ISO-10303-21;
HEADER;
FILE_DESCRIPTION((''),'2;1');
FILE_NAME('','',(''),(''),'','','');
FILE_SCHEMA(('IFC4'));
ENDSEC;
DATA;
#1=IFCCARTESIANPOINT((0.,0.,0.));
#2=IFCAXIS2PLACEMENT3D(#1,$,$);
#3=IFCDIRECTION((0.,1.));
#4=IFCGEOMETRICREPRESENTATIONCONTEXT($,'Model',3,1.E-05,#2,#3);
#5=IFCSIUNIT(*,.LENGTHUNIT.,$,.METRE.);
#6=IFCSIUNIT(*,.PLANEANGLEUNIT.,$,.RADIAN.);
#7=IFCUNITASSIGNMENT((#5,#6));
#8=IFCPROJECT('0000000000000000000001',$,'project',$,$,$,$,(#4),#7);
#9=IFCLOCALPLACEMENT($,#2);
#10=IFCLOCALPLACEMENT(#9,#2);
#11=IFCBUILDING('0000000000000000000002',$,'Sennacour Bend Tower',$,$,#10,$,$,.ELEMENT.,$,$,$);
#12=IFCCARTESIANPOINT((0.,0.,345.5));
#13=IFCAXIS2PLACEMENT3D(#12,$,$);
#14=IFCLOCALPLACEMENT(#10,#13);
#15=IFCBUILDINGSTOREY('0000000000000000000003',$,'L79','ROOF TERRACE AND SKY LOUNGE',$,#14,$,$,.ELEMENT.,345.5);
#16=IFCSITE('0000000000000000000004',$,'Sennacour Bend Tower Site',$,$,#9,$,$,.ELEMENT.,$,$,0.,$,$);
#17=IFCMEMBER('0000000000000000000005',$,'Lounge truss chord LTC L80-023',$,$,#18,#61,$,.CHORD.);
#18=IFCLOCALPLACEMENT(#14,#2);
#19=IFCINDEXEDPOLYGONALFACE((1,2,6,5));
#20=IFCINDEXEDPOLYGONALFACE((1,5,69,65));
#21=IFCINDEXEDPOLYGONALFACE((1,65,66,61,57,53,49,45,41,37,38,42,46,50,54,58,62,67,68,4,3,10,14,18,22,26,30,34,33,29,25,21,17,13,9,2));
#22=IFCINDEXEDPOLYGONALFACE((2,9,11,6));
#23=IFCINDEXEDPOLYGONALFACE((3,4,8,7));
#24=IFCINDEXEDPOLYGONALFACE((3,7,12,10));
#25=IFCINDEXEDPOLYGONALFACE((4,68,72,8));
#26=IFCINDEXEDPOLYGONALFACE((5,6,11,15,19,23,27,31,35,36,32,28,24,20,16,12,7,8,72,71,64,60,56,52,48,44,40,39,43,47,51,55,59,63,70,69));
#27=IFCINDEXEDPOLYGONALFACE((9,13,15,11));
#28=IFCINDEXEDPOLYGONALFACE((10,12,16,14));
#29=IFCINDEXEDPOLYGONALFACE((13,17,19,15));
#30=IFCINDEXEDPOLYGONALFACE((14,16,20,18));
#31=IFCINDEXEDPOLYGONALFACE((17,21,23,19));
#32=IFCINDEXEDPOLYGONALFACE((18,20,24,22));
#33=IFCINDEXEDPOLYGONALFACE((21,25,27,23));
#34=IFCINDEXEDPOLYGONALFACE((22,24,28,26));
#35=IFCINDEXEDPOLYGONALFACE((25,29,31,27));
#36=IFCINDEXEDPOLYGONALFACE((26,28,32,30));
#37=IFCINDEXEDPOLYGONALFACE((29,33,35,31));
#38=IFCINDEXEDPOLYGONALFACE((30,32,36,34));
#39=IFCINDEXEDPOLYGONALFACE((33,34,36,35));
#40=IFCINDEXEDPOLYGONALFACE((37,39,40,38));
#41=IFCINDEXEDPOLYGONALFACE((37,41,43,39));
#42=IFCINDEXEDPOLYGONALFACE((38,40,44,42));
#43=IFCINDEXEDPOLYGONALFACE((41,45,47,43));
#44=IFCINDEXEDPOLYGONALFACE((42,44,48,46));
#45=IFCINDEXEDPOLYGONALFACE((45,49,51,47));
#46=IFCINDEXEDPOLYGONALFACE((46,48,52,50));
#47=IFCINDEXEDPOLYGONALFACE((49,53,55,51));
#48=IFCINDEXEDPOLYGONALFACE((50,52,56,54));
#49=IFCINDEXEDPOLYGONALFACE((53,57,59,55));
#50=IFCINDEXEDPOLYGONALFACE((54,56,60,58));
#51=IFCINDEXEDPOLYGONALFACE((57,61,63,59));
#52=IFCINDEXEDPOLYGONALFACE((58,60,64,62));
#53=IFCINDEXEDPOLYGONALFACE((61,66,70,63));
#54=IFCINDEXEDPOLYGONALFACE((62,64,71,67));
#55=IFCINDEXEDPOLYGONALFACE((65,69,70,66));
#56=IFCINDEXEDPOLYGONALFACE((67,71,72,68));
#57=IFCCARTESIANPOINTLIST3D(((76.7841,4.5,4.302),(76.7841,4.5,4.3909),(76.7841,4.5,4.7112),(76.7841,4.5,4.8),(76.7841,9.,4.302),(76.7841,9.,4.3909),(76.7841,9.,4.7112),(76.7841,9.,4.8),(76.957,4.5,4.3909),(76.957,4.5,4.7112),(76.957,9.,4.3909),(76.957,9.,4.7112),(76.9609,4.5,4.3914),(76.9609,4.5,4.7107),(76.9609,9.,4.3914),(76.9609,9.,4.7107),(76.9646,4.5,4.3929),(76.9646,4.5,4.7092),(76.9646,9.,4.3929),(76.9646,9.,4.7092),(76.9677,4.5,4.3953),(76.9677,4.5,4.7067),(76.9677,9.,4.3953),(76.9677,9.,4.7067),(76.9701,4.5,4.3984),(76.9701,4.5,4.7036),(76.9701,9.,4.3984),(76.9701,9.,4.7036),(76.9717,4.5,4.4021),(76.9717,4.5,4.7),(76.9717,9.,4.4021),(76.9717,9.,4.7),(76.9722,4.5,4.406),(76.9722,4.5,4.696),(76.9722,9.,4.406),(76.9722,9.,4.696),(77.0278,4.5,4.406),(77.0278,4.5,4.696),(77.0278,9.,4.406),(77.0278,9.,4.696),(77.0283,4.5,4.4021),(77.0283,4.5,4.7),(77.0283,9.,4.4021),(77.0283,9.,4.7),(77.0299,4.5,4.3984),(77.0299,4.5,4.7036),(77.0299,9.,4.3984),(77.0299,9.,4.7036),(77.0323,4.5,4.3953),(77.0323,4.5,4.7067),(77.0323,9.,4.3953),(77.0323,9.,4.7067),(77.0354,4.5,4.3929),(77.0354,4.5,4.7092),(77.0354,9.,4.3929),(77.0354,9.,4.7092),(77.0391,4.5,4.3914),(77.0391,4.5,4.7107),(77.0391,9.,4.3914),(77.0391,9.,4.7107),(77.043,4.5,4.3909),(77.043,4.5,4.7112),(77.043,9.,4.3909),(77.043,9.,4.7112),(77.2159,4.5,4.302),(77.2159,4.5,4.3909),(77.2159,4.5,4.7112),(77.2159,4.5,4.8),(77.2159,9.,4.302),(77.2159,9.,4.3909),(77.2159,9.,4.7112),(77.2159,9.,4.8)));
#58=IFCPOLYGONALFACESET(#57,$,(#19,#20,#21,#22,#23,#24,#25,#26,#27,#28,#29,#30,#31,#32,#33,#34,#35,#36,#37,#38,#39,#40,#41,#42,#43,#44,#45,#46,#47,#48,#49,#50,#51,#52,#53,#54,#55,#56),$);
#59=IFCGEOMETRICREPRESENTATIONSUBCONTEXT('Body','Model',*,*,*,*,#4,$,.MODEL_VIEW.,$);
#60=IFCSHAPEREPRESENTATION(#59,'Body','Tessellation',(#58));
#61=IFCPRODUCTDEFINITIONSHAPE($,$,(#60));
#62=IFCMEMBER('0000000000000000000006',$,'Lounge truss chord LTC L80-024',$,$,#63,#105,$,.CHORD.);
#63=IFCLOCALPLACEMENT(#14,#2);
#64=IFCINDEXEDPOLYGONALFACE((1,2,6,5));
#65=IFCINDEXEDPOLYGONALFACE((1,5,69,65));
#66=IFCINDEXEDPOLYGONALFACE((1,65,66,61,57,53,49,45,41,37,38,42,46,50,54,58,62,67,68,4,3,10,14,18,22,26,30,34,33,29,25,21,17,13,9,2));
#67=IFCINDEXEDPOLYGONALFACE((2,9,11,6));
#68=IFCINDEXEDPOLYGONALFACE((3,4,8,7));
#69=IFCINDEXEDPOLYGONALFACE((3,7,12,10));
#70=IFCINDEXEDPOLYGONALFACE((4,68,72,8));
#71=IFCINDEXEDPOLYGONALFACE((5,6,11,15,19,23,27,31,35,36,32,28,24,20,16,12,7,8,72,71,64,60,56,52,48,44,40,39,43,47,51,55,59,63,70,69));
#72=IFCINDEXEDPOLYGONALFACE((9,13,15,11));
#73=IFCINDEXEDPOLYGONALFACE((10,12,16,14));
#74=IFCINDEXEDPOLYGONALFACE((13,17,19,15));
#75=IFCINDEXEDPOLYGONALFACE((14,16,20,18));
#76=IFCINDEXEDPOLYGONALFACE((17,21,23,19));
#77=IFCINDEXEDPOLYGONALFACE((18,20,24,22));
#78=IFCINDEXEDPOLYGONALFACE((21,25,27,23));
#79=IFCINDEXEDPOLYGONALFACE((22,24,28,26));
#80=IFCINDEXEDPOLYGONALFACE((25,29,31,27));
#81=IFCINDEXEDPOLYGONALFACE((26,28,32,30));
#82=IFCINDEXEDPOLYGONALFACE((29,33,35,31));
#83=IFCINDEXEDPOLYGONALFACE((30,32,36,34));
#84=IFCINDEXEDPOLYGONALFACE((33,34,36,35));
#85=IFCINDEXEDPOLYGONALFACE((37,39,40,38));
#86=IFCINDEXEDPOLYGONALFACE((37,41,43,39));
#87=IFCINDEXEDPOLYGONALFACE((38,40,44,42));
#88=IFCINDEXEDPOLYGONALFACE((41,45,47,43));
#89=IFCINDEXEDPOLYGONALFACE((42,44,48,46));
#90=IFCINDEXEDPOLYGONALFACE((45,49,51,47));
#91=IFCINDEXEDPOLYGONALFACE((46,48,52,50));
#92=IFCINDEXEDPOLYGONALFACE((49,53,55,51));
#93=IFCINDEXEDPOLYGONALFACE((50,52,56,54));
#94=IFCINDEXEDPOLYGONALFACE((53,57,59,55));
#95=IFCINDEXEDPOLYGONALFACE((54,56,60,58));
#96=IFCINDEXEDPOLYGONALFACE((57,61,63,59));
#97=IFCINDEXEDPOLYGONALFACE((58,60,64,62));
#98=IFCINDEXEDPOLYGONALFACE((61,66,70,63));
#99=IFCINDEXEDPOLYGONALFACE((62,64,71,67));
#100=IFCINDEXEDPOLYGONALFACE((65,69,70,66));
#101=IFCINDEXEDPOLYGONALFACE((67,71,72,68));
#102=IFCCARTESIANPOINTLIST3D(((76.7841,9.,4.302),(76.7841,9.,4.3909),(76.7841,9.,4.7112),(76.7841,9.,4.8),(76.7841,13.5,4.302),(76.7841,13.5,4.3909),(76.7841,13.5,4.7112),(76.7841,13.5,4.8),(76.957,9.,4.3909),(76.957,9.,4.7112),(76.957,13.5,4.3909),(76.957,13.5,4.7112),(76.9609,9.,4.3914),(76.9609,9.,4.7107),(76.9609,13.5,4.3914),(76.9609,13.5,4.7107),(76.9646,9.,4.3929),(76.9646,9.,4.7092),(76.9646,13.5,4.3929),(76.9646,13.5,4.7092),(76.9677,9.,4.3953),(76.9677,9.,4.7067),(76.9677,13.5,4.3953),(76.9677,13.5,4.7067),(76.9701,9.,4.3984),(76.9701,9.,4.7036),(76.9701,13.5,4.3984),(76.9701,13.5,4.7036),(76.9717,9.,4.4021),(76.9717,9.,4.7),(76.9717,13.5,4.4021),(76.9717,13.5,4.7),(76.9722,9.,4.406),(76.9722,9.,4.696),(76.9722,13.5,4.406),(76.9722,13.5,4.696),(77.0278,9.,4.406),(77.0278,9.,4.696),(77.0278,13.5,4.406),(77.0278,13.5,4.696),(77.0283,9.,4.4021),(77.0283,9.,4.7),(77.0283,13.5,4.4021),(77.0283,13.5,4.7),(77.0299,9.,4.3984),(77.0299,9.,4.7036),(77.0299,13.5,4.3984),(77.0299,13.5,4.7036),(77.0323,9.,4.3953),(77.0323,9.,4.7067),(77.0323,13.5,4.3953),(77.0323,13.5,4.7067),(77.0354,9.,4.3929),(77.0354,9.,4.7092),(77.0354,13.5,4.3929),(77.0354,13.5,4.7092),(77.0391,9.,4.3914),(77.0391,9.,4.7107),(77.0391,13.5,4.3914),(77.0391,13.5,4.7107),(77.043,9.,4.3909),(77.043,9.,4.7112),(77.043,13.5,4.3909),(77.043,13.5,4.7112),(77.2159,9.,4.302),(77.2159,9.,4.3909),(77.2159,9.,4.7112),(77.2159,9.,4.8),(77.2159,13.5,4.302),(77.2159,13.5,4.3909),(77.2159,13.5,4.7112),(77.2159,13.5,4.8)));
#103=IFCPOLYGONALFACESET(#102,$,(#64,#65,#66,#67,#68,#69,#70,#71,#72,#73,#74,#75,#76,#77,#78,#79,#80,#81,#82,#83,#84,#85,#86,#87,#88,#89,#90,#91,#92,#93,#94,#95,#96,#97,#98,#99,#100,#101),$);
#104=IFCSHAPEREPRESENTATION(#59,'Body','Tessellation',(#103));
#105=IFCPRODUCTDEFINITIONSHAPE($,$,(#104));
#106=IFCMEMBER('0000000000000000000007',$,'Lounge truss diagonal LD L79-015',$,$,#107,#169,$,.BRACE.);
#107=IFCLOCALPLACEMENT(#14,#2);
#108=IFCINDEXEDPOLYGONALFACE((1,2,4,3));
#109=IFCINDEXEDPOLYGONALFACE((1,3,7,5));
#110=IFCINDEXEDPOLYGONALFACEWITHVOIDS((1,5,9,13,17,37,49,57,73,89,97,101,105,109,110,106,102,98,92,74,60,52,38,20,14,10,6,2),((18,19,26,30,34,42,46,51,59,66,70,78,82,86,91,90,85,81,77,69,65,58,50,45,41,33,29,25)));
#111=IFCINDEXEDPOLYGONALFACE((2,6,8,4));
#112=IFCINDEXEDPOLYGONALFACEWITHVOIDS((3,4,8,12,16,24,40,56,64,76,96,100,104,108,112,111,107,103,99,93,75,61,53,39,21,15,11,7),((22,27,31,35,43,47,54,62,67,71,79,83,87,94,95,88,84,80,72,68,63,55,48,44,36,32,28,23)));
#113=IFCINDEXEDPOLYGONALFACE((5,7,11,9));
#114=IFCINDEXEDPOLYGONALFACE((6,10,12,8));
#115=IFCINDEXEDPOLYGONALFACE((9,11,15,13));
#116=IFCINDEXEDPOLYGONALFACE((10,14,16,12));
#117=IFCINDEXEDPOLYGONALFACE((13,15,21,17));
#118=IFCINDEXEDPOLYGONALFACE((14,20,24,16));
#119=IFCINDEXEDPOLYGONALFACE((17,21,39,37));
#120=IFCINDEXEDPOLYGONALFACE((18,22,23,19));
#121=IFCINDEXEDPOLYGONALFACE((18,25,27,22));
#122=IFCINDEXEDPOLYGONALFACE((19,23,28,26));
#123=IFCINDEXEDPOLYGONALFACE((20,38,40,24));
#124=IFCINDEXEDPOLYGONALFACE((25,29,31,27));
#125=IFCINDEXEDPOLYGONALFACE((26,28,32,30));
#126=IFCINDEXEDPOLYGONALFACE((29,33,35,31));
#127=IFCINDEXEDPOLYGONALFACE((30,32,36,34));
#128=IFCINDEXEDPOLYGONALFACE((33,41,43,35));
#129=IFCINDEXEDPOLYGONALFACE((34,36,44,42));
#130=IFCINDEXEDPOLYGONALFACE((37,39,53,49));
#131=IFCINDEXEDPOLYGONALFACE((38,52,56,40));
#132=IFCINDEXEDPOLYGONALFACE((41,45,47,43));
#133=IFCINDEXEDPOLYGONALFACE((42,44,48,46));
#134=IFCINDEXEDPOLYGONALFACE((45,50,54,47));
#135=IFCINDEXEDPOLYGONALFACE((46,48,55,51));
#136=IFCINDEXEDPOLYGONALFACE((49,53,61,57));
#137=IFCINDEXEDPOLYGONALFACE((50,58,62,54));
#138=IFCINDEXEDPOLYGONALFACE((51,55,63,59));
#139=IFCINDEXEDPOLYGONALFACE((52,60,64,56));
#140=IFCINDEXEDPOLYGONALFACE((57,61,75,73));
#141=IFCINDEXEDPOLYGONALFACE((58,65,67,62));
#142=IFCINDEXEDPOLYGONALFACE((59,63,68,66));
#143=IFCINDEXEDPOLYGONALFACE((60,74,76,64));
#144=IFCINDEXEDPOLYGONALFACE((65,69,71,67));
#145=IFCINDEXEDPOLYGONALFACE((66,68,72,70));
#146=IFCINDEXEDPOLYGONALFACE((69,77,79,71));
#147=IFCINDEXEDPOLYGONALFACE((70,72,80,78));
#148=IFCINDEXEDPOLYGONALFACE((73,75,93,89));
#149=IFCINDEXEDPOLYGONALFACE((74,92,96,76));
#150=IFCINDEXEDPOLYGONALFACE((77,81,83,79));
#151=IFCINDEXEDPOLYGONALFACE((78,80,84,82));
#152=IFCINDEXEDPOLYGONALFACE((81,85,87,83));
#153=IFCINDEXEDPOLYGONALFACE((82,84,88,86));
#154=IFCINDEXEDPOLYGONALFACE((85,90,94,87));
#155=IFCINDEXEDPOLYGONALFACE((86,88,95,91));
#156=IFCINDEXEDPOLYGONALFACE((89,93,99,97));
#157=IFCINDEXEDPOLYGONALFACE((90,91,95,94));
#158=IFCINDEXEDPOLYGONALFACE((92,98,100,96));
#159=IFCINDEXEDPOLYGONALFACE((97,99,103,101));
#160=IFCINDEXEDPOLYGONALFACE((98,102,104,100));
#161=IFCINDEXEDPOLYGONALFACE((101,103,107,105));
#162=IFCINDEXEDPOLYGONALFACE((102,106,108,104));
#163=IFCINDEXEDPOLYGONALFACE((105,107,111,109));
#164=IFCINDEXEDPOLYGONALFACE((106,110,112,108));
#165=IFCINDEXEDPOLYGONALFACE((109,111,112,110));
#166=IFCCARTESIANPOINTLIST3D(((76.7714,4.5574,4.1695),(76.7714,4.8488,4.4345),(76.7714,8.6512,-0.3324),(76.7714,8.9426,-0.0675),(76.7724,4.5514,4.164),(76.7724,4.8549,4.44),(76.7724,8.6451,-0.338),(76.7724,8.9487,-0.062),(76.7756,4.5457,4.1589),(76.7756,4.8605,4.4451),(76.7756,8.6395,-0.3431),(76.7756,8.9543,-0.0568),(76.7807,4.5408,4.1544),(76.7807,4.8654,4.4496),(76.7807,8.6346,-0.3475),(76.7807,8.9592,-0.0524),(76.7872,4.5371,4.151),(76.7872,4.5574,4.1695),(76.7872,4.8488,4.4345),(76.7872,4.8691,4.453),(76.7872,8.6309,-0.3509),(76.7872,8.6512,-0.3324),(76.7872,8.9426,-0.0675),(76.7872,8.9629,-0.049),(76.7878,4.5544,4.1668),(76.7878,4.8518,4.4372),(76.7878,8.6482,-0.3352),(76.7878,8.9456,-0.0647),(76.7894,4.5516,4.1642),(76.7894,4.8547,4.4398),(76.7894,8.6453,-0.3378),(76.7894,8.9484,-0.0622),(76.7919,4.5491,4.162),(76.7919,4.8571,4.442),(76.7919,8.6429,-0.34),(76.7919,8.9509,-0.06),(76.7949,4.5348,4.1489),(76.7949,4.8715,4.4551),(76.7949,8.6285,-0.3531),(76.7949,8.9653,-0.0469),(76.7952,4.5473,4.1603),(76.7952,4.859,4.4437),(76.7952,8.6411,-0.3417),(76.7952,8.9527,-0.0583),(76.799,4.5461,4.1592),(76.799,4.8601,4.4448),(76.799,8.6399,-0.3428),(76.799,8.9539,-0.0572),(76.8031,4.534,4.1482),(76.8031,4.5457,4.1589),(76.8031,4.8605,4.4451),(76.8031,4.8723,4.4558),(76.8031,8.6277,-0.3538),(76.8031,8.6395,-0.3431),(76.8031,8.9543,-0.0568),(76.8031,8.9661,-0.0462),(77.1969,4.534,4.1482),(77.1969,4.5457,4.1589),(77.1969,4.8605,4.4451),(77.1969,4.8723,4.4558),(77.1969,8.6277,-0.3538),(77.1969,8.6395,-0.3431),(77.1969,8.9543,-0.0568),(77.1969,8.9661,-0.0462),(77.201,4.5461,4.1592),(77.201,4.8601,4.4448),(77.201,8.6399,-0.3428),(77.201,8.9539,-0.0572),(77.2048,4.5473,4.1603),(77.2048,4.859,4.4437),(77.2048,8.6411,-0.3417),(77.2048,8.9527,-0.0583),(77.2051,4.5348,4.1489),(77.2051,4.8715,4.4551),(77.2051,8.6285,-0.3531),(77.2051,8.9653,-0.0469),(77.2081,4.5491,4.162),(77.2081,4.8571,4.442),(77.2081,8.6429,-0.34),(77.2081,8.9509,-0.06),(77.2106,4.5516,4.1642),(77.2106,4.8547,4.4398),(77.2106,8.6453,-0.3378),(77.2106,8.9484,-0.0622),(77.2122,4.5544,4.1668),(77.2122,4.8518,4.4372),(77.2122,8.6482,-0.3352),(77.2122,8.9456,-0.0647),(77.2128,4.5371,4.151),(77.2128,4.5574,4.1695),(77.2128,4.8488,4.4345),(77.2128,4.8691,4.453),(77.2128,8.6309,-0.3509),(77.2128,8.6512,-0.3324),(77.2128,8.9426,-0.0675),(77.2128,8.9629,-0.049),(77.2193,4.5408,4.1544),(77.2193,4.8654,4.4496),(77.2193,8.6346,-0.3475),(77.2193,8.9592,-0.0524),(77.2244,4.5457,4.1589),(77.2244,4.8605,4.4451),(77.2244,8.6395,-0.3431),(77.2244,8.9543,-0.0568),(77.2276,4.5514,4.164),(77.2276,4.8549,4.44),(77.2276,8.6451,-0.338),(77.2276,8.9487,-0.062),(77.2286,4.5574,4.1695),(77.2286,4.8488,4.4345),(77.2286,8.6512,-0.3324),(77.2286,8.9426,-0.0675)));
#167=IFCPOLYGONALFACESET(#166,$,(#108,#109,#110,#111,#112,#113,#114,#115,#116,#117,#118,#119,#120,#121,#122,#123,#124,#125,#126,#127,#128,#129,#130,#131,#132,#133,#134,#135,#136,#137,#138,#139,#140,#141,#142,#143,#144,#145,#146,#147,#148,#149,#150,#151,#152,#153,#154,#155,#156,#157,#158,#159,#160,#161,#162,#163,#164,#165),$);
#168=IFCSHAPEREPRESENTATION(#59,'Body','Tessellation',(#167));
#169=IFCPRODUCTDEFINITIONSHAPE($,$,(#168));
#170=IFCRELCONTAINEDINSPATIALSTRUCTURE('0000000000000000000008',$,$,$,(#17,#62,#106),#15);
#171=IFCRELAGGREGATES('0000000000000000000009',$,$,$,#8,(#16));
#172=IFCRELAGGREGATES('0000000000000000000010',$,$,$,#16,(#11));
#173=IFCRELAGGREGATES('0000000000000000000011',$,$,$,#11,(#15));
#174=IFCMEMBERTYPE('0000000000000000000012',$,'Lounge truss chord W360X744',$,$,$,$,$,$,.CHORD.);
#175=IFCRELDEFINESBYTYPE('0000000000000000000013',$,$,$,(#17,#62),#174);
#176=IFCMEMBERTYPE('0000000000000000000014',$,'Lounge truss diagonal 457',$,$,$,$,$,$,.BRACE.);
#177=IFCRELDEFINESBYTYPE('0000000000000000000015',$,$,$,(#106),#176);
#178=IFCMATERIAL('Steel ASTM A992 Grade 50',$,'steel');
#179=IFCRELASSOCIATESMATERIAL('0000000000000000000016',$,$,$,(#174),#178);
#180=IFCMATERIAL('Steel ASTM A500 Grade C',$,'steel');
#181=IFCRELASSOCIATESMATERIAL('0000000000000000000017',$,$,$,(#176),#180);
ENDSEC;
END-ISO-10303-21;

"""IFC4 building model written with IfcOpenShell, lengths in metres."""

from ifc_helpers import new_model, si_unit, direction, frame, origin, origin_2d, place, context, subcontext, project, spatial, hollow_rectangle, i_section, extrude, material, material_profile, profile_set, type_object, element, save


model = new_model("IFC4")

# Units and contexts
model_context = context("Model", 3, precision=1e-05, world=origin(), true_north=direction((0.0, 1.0)))
body_context = subcontext(model_context, "Body", "Model", "MODEL_VIEW")
ifc_project = project(units=[si_unit("LENGTHUNIT", "METRE"), si_unit("PLANEANGLEUNIT", "RADIAN")], contexts=[model_context])

# Site, building, storey
site_placement = place(None, origin())
site = spatial("IfcSite", under=ifc_project, at=site_placement, Name="Sennacour Bend Tower Site", CompositionType="ELEMENT", RefElevation=0.0)
building_placement = place(site_placement, origin())
building = spatial("IfcBuilding", under=site, at=building_placement, Name="Sennacour Bend Tower", CompositionType="ELEMENT")
storey_placement = place(building_placement, frame((0.0, 0.0, 345.5)))
storey = spatial("IfcBuildingStorey", under=building, at=storey_placement, Name="L79", Description="ROOF TERRACE AND SKY LOUNGE", CompositionType="ELEMENT", Elevation=345.5)

# Members
ifc_material_1 = material(Name="Steel ASTM A992 Grade 50", Category="steel")
ifc_material_profile_1 = material_profile(ifc_material_1, i_section(OverallWidth=0.4319, OverallDepth=0.498, WebThickness=0.0557, FlangeThickness=0.0889, FilletRadius=0.0151, at=origin_2d()), Name="Steel ASTM A992 Grade 50", Category="steel")
ifc_profile_set_1 = profile_set([ifc_material_profile_1], Name="Steel ASTM A992 Grade 50")
member_type_1 = type_object("IfcMemberType", Name="Lounge truss chord W360X744", PredefinedType="CHORD", material=ifc_profile_set_1)
for number, where, z_axis, x_axis, name in (
    (1, (77.0, 4.5, 4.551), (0.0, 1.0, 0.0), (-1.0, 0.0, 0.0), "Lounge truss chord LTC L80-023"),
    (2, (77.0, 9.0, 4.551), (0.0, 1.0, 0.0), (-1.0, 0.0, 0.0), "Lounge truss chord LTC L80-024"),
):
    element("IfcMember", number, at=place(storey_placement, frame(where, z_axis=z_axis, x_axis=x_axis)), inside=storey, type_object=member_type_1, Name=name, PredefinedType="CHORD", context=body_context, shape_type="SweptSolid", body=[
        extrude(i_section(OverallWidth=0.4319, OverallDepth=0.498, WebThickness=0.0557, FlangeThickness=0.0889, FilletRadius=0.0151, at=origin_2d()), origin(), (0.0, 0.0, 1.0), 4.5),
    ])
ifc_material_2 = material(Name="Steel ASTM A500 Grade C", Category="steel")
ifc_material_profile_2 = material_profile(ifc_material_2, hollow_rectangle(XDim=0.4573, YDim=0.4573, WallThickness=0.0159, InnerFilletRadius=0.0159, OuterFilletRadius=0.0317, at=origin_2d()), Name="Steel ASTM A500 Grade C", Category="steel")
ifc_profile_set_2 = profile_set([ifc_material_profile_2], Name="Steel ASTM A500 Grade C")
member_type_2 = type_object("IfcMemberType", Name="Lounge truss diagonal 457", PredefinedType="BRACE", material=ifc_profile_set_2)
for number, where, z_axis, x_axis, name in (
    (3, (77.0, 4.7031, 4.302), (0.0, 0.672769, -0.739853), (-1.0, 0.0, 0.0), "Lounge truss diagonal LD L79-015"),
):
    element("IfcMember", number, at=place(storey_placement, frame(where, z_axis=z_axis, x_axis=x_axis)), inside=storey, type_object=member_type_2, Name=name, PredefinedType="BRACE", context=body_context, shape_type="SweptSolid", body=[
        extrude(hollow_rectangle(XDim=0.4573, YDim=0.4573, WallThickness=0.0159, InnerFilletRadius=0.0159, OuterFilletRadius=0.0317, at=origin_2d()), origin(), (0.0, 0.0, 1.0), 6.085),
    ])

save(model, "model.ifc")
